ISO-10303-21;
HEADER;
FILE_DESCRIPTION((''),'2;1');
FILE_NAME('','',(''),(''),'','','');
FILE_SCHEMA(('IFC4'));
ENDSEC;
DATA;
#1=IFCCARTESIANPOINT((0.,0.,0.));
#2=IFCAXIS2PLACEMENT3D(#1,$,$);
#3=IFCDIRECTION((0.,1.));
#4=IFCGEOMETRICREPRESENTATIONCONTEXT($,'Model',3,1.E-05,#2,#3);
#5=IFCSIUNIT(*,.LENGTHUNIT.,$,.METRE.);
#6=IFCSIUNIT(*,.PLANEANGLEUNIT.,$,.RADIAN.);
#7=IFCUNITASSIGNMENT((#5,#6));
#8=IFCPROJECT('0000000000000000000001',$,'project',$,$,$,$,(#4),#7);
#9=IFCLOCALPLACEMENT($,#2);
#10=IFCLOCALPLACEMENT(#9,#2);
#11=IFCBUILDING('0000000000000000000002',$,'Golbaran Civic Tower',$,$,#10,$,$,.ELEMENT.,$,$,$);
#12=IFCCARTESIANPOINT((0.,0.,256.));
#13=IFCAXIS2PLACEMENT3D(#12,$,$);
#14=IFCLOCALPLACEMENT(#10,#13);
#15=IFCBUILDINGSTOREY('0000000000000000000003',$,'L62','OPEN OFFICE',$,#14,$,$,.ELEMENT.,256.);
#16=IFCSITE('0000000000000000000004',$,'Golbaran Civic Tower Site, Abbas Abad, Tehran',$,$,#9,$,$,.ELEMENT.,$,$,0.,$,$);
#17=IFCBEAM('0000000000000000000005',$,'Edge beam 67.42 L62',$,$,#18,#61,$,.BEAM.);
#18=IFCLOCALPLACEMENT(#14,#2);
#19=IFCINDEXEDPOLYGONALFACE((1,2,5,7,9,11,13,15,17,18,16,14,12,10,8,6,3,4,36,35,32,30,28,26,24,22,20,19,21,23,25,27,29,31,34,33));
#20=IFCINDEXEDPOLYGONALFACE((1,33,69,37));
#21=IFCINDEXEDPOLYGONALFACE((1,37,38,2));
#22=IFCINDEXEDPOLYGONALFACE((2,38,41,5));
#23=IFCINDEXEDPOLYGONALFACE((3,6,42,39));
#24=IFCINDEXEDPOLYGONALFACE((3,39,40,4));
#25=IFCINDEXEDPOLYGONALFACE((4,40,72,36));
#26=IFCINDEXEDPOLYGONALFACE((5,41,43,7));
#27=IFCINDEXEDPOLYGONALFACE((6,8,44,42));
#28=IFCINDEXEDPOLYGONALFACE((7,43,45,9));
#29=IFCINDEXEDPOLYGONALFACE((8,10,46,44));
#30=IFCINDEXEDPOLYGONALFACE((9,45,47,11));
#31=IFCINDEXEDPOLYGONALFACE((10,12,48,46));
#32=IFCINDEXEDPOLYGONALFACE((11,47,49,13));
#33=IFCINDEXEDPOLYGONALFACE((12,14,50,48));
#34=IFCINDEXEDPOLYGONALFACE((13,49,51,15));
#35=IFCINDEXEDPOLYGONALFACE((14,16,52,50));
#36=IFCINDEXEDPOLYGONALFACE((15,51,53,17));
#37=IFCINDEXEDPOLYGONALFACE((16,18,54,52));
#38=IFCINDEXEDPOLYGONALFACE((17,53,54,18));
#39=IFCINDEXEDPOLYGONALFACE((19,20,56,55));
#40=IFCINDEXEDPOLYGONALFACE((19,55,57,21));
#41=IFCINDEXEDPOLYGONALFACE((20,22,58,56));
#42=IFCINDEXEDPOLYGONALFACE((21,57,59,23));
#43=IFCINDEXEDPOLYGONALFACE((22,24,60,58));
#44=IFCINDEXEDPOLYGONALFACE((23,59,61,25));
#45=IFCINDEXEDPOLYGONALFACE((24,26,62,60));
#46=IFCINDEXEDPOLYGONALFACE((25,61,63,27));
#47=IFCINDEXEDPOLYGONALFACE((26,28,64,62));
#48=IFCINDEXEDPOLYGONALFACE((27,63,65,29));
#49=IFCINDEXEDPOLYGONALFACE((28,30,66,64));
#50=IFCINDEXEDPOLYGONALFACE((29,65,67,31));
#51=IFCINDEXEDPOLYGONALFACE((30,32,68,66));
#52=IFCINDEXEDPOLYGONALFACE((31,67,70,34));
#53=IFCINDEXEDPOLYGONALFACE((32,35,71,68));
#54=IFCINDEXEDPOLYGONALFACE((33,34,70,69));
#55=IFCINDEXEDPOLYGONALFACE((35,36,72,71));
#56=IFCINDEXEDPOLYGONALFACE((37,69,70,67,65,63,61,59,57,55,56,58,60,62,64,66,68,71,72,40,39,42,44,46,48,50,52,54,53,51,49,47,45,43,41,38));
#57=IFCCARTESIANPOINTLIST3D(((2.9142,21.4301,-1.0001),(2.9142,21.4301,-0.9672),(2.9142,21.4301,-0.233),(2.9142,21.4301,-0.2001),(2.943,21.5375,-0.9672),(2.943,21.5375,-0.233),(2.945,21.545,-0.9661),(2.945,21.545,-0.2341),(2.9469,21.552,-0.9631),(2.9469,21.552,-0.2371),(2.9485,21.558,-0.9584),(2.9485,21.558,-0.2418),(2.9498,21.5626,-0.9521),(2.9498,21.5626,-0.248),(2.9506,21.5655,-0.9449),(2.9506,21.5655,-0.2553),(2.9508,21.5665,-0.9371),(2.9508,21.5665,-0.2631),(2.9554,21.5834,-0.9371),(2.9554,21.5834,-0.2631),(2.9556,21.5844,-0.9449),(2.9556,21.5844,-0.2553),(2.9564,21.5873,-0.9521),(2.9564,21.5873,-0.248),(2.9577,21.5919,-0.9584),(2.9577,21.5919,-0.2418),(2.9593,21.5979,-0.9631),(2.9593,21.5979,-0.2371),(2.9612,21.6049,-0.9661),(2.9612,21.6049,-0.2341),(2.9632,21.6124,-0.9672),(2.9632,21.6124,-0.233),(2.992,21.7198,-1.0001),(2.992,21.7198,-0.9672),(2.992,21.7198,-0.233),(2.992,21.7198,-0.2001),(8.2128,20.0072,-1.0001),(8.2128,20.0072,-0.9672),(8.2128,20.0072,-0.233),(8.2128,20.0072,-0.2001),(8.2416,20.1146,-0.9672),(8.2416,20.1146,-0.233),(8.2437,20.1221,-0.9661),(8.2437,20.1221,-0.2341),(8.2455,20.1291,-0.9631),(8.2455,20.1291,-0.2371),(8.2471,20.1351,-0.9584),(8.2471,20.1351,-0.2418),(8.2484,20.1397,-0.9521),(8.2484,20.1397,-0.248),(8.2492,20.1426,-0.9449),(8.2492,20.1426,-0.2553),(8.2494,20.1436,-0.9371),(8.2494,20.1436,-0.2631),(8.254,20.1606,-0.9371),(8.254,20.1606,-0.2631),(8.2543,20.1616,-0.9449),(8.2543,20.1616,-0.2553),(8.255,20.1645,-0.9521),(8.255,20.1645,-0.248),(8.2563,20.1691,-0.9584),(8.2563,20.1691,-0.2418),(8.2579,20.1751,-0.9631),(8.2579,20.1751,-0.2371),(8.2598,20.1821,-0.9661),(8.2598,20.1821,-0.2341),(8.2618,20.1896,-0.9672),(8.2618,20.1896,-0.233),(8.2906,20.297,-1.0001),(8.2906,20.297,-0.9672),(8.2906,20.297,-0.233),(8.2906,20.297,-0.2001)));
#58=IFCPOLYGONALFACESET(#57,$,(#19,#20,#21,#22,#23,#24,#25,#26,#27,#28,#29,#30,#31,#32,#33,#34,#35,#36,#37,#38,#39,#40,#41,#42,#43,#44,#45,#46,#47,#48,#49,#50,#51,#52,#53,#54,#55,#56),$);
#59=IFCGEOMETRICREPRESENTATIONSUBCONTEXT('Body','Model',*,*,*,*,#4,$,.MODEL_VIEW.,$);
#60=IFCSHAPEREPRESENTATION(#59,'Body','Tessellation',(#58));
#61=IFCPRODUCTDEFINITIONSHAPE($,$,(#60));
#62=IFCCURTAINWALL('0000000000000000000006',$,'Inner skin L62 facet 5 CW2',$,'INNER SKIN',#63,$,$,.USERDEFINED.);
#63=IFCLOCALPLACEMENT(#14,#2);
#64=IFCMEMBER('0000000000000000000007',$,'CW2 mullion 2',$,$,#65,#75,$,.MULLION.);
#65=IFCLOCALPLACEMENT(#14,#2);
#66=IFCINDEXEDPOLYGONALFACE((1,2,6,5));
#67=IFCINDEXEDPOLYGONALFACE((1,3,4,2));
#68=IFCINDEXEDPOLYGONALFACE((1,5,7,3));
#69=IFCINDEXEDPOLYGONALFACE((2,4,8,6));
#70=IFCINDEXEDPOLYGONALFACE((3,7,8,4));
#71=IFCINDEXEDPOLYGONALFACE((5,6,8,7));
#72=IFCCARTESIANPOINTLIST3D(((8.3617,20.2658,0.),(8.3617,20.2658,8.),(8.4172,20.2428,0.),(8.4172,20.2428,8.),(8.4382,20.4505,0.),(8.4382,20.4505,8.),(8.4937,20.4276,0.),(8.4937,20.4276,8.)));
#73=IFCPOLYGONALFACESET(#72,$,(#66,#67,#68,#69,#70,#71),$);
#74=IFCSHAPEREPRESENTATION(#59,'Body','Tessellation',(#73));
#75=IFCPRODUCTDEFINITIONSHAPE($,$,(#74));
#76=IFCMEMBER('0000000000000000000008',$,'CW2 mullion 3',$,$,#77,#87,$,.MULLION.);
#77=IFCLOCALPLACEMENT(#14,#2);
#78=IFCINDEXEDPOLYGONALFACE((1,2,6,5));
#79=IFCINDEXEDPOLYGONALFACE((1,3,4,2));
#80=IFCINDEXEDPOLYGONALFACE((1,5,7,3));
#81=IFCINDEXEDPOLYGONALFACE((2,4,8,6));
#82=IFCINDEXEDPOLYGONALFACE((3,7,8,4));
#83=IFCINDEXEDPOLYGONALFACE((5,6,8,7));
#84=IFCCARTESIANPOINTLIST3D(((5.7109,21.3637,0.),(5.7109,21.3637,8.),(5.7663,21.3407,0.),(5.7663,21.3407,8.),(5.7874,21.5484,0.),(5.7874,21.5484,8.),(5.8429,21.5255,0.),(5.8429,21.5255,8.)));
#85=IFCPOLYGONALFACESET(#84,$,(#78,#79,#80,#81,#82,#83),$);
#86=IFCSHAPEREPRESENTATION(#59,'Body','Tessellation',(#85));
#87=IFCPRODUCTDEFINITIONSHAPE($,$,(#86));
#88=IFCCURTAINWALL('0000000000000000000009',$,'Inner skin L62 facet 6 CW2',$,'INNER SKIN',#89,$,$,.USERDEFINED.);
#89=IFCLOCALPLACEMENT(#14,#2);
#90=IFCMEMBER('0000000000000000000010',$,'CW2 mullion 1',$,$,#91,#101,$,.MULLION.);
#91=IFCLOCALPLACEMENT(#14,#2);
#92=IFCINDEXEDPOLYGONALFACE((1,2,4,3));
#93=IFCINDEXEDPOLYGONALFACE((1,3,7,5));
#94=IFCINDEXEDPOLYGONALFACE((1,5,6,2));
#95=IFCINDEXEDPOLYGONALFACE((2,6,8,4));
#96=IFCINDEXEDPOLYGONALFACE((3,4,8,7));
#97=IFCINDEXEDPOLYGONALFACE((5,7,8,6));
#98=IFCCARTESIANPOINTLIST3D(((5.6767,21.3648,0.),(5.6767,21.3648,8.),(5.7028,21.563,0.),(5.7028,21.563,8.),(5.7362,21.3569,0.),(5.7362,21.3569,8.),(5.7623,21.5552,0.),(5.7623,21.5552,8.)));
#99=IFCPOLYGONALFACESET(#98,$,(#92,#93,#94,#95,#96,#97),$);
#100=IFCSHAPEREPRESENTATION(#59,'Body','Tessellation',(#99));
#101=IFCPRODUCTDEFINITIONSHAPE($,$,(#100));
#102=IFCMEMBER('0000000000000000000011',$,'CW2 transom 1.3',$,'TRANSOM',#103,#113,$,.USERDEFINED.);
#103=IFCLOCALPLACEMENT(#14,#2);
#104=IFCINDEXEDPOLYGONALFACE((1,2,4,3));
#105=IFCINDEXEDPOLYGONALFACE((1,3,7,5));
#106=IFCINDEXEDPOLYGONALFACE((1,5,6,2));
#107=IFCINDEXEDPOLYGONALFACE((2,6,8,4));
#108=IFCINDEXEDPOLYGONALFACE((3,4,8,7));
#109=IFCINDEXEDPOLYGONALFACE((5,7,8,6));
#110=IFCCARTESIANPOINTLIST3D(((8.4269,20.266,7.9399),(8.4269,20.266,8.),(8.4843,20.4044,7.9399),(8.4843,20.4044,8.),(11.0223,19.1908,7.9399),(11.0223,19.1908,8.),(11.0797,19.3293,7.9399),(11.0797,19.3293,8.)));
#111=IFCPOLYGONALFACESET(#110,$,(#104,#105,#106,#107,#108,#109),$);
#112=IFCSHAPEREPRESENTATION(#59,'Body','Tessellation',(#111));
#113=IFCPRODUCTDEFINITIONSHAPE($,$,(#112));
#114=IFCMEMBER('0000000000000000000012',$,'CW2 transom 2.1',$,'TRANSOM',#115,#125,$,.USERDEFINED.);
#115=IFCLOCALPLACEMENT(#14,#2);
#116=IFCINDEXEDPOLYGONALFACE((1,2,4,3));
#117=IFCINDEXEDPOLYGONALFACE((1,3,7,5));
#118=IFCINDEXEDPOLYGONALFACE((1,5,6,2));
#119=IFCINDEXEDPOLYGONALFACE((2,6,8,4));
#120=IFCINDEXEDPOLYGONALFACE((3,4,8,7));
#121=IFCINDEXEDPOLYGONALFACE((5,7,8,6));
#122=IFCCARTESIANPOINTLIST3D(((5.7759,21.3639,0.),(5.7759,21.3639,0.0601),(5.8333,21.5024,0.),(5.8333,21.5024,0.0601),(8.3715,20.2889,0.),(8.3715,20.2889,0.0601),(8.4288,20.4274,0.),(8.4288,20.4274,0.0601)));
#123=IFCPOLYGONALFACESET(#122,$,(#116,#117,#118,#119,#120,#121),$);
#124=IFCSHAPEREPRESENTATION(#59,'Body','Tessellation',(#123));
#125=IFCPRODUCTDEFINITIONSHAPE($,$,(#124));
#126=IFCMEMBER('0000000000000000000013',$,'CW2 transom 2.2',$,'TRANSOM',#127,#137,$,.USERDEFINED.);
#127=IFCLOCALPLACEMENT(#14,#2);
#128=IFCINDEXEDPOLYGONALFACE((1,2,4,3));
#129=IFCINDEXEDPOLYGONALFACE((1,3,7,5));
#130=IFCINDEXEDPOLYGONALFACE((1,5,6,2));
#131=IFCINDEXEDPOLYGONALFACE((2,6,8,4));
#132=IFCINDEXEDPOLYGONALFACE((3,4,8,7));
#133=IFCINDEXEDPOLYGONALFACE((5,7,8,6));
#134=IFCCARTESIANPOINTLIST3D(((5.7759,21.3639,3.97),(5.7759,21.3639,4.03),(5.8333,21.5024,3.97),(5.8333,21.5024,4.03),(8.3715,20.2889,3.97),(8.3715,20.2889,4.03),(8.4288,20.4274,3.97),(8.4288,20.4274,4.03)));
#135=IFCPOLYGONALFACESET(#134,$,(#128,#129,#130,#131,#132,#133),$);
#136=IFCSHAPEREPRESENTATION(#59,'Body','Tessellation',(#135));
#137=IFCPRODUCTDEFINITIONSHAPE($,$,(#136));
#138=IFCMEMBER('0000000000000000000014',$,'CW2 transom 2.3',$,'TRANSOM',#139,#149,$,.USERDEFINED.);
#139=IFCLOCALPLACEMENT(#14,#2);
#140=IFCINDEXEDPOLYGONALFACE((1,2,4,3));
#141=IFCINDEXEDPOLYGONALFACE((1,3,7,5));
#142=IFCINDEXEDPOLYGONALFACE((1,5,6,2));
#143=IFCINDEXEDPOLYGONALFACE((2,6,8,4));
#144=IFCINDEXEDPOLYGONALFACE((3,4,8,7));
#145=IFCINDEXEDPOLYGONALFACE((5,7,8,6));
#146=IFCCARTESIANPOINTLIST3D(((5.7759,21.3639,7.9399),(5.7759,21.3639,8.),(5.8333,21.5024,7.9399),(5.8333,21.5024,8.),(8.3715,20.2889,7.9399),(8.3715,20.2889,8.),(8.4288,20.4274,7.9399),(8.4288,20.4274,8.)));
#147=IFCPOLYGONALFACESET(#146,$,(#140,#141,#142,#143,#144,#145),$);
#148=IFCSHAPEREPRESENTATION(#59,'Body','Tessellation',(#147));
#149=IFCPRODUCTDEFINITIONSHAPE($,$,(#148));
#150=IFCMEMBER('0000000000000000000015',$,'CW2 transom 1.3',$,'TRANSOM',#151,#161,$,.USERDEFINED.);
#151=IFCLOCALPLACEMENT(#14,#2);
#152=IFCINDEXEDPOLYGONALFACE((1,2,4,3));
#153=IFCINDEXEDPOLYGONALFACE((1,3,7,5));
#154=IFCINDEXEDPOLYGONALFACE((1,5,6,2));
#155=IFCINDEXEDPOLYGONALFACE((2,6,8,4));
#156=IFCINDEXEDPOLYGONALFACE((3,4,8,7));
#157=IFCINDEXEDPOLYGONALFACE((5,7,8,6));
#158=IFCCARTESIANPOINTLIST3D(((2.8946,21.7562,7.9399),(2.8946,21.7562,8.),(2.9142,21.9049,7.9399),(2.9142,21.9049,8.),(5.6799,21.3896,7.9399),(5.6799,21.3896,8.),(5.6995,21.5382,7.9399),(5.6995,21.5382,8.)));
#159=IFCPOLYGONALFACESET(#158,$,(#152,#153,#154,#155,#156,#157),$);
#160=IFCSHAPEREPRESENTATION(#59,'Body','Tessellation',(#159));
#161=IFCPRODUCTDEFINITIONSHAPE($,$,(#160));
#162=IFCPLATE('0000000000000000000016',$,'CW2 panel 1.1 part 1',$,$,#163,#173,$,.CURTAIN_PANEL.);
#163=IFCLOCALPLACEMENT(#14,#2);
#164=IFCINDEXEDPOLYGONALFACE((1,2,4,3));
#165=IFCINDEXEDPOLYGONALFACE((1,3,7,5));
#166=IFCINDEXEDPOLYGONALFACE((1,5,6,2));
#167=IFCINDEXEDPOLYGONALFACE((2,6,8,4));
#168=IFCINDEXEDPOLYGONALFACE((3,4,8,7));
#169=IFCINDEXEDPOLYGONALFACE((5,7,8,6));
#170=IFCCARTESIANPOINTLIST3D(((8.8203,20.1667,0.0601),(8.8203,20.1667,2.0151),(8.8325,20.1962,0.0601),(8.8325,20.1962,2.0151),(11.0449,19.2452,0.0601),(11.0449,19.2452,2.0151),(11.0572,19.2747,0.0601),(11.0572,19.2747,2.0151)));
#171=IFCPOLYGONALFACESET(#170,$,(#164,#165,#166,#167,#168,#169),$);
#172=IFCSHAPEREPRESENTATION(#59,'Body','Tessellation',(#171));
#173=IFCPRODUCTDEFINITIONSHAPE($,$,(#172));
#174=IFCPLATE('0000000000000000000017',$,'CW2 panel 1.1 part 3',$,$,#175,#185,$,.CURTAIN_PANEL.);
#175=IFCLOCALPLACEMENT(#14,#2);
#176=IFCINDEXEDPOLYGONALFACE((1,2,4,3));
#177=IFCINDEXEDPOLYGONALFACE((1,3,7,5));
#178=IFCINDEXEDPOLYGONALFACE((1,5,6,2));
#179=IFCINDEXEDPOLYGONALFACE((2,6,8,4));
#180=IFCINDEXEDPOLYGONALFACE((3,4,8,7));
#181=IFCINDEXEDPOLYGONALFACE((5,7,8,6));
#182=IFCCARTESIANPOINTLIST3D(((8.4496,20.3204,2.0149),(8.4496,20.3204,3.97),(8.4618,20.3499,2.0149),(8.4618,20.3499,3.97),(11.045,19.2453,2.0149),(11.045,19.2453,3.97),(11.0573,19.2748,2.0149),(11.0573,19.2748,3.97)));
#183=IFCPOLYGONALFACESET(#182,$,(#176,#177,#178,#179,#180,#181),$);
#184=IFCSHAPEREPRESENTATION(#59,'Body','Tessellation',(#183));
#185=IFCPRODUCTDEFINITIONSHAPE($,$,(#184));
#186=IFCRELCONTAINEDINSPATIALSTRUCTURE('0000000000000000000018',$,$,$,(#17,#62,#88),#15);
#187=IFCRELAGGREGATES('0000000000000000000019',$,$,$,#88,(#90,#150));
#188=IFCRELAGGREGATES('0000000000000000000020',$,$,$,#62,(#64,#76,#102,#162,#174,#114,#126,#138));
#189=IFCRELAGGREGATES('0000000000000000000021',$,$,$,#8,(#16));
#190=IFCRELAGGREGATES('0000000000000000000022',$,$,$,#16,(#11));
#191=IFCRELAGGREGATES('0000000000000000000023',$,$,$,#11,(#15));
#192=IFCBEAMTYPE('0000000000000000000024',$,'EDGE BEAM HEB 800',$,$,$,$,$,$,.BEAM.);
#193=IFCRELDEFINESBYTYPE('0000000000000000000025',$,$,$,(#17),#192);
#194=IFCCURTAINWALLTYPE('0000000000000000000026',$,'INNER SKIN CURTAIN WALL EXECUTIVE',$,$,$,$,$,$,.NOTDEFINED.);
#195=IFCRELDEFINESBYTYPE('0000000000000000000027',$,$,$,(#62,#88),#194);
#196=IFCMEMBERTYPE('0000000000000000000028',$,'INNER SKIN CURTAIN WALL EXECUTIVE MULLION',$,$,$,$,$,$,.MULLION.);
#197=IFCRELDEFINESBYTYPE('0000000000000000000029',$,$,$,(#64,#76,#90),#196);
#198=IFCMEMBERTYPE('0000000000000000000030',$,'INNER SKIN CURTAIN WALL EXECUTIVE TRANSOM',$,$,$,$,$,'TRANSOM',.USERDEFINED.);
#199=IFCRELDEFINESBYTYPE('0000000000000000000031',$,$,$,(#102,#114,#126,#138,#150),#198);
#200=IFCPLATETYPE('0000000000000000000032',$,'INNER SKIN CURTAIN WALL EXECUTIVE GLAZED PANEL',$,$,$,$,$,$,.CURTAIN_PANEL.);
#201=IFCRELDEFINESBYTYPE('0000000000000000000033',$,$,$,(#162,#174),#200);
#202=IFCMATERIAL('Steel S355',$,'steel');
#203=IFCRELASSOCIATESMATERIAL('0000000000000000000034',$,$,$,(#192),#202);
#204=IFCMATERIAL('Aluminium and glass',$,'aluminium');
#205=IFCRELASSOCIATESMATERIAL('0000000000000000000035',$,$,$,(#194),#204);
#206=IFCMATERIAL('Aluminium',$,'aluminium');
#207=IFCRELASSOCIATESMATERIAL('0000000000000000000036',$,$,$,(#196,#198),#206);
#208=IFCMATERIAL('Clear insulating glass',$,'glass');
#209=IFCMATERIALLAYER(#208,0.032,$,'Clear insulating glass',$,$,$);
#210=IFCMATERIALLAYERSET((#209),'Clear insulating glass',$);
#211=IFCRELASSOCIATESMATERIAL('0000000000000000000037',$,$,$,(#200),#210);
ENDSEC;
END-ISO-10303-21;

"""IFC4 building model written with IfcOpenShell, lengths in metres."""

from ifc_helpers import new_model, si_unit, direction, frame, origin, origin_2d, place, context, subcontext, project, spatial, rectangle, i_section, extrude, material, layer, layer_set, material_profile, profile_set, type_object, element, aggregate, save


model = new_model("IFC4")

# Units and contexts
model_context = context("Model", 3, precision=1e-05, world=origin(), true_north=direction((0.0, 1.0)))
body_context = subcontext(model_context, "Body", "Model", "MODEL_VIEW")
ifc_project = project(units=[si_unit("LENGTHUNIT", "METRE"), si_unit("PLANEANGLEUNIT", "RADIAN")], contexts=[model_context])

# Site, building, storey
site_placement = place(None, origin())
site = spatial("IfcSite", under=ifc_project, at=site_placement, Name="Golbaran Civic Tower Site, Abbas Abad, Tehran", CompositionType="ELEMENT", RefElevation=0.0)
building_placement = place(site_placement, origin())
building = spatial("IfcBuilding", under=site, at=building_placement, Name="Golbaran Civic Tower", CompositionType="ELEMENT")
storey_placement = place(building_placement, frame((0.0, 0.0, 256.0)))
storey = spatial("IfcBuildingStorey", under=building, at=storey_placement, Name="L62", Description="OPEN OFFICE", CompositionType="ELEMENT", Elevation=256.0)

# Beam
ifc_material_1 = material(Name="Steel S355", Category="steel")
ifc_material_profile_1 = material_profile(ifc_material_1, i_section(OverallWidth=0.3, OverallDepth=0.8, WebThickness=0.0176, FlangeThickness=0.033, FilletRadius=0.03, at=origin_2d()), Name="HEB 800")
ifc_profile_set_1 = profile_set([ifc_material_profile_1], Name="Steel S355")
beam_type = type_object("IfcBeamType", Name="EDGE BEAM HEB 800", PredefinedType="BEAM", material=ifc_profile_set_1)
beam_placement = place(storey_placement, frame((8.2517, 20.1521, -0.6001), z_axis=(-0.965784, 0.259346, 0.0), x_axis=(-0.259346, -0.965784, 0.0)))
element("IfcBeam", 1, at=beam_placement, inside=storey, type_object=beam_type, Name="Edge beam 67.42 L62", PredefinedType="BEAM", context=body_context, shape_type="SweptSolid", body=[
    extrude(i_section(OverallWidth=0.3, OverallDepth=0.8, WebThickness=0.0176, FlangeThickness=0.033, FilletRadius=0.03, at=origin_2d()), origin(), (0.0, 0.0, 1.0), 5.4863),
])

# Curtain wall, members
ifc_material_2 = material(Name="Aluminium and glass", Category="aluminium")
curtain_wall_type = type_object("IfcCurtainWallType", Name="INNER SKIN CURTAIN WALL EXECUTIVE", PredefinedType="NOTDEFINED", material=ifc_material_2)
curtain_wall_1_placement = place(storey_placement, origin())
curtain_wall_1 = element("IfcCurtainWall", 2, at=curtain_wall_1_placement, inside=storey, type_object=curtain_wall_type, Name="Inner skin L62 facet 5 CW2", ObjectType="INNER SKIN", PredefinedType="USERDEFINED")
ifc_material_3 = material(Name="Aluminium", Category="aluminium")
ifc_material_profile_2 = material_profile(ifc_material_3, rectangle(XDim=0.2, YDim=0.0601, at=origin_2d()), Name="INNER SKIN CURTAIN WALL EXECUTIVE MULLION")
ifc_profile_set_2 = profile_set([ifc_material_profile_2], Name="Aluminium")
member_type_1 = type_object("IfcMemberType", Name="INNER SKIN CURTAIN WALL EXECUTIVE MULLION", PredefinedType="MULLION", material=ifc_profile_set_2)
member_1_placement = place(storey_placement, frame((8.4277, 20.3467, 0.0), z_axis=(0.0, 0.0, 1.0), x_axis=(-0.382683, -0.92388, 0.0)))
member_1 = element("IfcMember", 3, at=member_1_placement, type_object=member_type_1, Name="CW2 mullion 2", PredefinedType="MULLION", context=body_context, shape_type="SweptSolid", body=[
    extrude(rectangle(XDim=0.2, YDim=0.0601, at=origin_2d()), origin(), (0.0, 0.0, 1.0), 8.0),
])
member_2_placement = place(storey_placement, frame((5.7769, 21.4446, 0.0), z_axis=(0.0, 0.0, 1.0), x_axis=(-0.382683, -0.92388, 0.0)))
member_2 = element("IfcMember", 4, at=member_2_placement, type_object=member_type_1, Name="CW2 mullion 3", PredefinedType="MULLION", context=body_context, shape_type="SweptSolid", body=[
    extrude(rectangle(XDim=0.2, YDim=0.0601, at=origin_2d()), origin(), (0.0, 0.0, 1.0), 8.0),
])

# Curtain wall, member
curtain_wall_2_placement = place(storey_placement, origin())
curtain_wall_2 = element("IfcCurtainWall", 5, at=curtain_wall_2_placement, inside=storey, type_object=curtain_wall_type, Name="Inner skin L62 facet 6 CW2", ObjectType="INNER SKIN", PredefinedType="USERDEFINED")
member_3_placement = place(storey_placement, frame((5.7195, 21.46, 0.0), z_axis=(0.0, 0.0, 1.0), x_axis=(-0.130526, -0.991445, 0.0)))
member_3 = element("IfcMember", 6, at=member_3_placement, type_object=member_type_1, Name="CW2 mullion 1", PredefinedType="MULLION", context=body_context, shape_type="SweptSolid", body=[
    extrude(rectangle(XDim=0.2, YDim=0.0601, at=origin_2d()), origin(), (0.0, 0.0, 1.0), 8.0),
])

# Members
ifc_material_profile_3 = material_profile(ifc_material_3, rectangle(XDim=0.1499, YDim=0.0601, at=origin_2d()), Name="INNER SKIN CURTAIN WALL EXECUTIVE TRANSOM")
ifc_profile_set_3 = profile_set([ifc_material_profile_3], Name="Aluminium")
member_type_2 = type_object("IfcMemberType", Name="INNER SKIN CURTAIN WALL EXECUTIVE TRANSOM", ElementType="TRANSOM", PredefinedType="USERDEFINED", material=ifc_profile_set_3)
member_4_placement = place(storey_placement, frame((11.051, 19.26, 7.97), z_axis=(-0.923864, 0.38272, 0.0), x_axis=(-0.38272, -0.923864, 0.0)))
member_4 = element("IfcMember", 7, at=member_4_placement, type_object=member_type_2, Name="CW2 transom 1.3", ObjectType="TRANSOM", PredefinedType="USERDEFINED", context=body_context, shape_type="SweptSolid", body=[
    extrude(rectangle(XDim=0.1499, YDim=0.0601, at=origin_2d()), origin(), (0.0, 0.0, 1.0), 2.8093),
])
member_5_placement = place(storey_placement, frame((8.4001, 20.3582, 0.03), z_axis=(-0.923895, 0.382646, 0.0), x_axis=(-0.382646, -0.923895, 0.0)))
member_5 = element("IfcMember", 8, at=member_5_placement, type_object=member_type_2, Name="CW2 transom 2.1", ObjectType="TRANSOM", PredefinedType="USERDEFINED", context=body_context, shape_type="SweptSolid", body=[
    extrude(rectangle(XDim=0.1499, YDim=0.0601, at=origin_2d()), origin(), (0.0, 0.0, 1.0), 2.8093),
])
member_6_placement = place(storey_placement, frame((8.4001, 20.3582, 4.0), z_axis=(-0.923895, 0.382646, 0.0), x_axis=(-0.382646, -0.923895, 0.0)))
member_6 = element("IfcMember", 9, at=member_6_placement, type_object=member_type_2, Name="CW2 transom 2.2", ObjectType="TRANSOM", PredefinedType="USERDEFINED", context=body_context, shape_type="SweptSolid", body=[
    extrude(rectangle(XDim=0.1499, YDim=0.0601, at=origin_2d()), origin(), (0.0, 0.0, 1.0), 2.8093),
])
member_7_placement = place(storey_placement, frame((8.4001, 20.3582, 7.97), z_axis=(-0.923895, 0.382646, 0.0), x_axis=(-0.382646, -0.923895, 0.0)))
member_7 = element("IfcMember", 10, at=member_7_placement, type_object=member_type_2, Name="CW2 transom 2.3", ObjectType="TRANSOM", PredefinedType="USERDEFINED", context=body_context, shape_type="SweptSolid", body=[
    extrude(rectangle(XDim=0.1499, YDim=0.0601, at=origin_2d()), origin(), (0.0, 0.0, 1.0), 2.8093),
])
member_8_placement = place(storey_placement, frame((5.6897, 21.4639, 7.97), z_axis=(-0.991445, 0.130524, 0.0), x_axis=(-0.130524, -0.991445, 0.0)))
member_8 = element("IfcMember", 11, at=member_8_placement, type_object=member_type_2, Name="CW2 transom 1.3", ObjectType="TRANSOM", PredefinedType="USERDEFINED", context=body_context, shape_type="SweptSolid", body=[
    extrude(rectangle(XDim=0.1499, YDim=0.0601, at=origin_2d()), origin(), (0.0, 0.0, 1.0), 2.8093),
])
aggregate(curtain_wall_2, [member_3, member_8])

# Plates
ifc_material_4 = material(Name="Clear insulating glass", Category="glass")
ifc_layer_1 = layer(ifc_material_4, 0.032, Name="Clear insulating glass")
ifc_layer_set_1 = layer_set([ifc_layer_1], Name="Clear insulating glass")
plate_type_1 = type_object("IfcPlateType", Name="INNER SKIN CURTAIN WALL EXECUTIVE GLAZED PANEL", PredefinedType="CURTAIN_PANEL", material=ifc_layer_set_1)
plate_1_placement = place(storey_placement, frame((9.9387, 19.7207, 0.0601), z_axis=(0.0, 0.0, 1.0), x_axis=(-0.92388, 0.382683, 0.0)))
plate_1 = element("IfcPlate", 12, at=plate_1_placement, type_object=plate_type_1, Name="CW2 panel 1.1 part 1", PredefinedType="CURTAIN_PANEL", context=body_context, shape_type="SweptSolid", body=[
    extrude(rectangle(XDim=2.408, YDim=0.032, at=origin_2d()), origin(), (0.0, 0.0, 1.0), 1.9551),
])
plate_2_placement = place(storey_placement, frame((9.7534, 19.7976, 2.0149), z_axis=(0.0, 0.0, 1.0), x_axis=(-0.92388, 0.382683, 0.0)))
plate_2 = element("IfcPlate", 13, at=plate_2_placement, type_object=plate_type_1, Name="CW2 panel 1.1 part 3", PredefinedType="CURTAIN_PANEL", context=body_context, shape_type="SweptSolid", body=[
    extrude(rectangle(XDim=2.8093, YDim=0.032, at=origin_2d()), origin(), (0.0, 0.0, 1.0), 1.9551),
])
aggregate(curtain_wall_1, [member_1, member_2, member_4, plate_1, plate_2, member_5, member_6, member_7])

save(model, "model.ifc")
